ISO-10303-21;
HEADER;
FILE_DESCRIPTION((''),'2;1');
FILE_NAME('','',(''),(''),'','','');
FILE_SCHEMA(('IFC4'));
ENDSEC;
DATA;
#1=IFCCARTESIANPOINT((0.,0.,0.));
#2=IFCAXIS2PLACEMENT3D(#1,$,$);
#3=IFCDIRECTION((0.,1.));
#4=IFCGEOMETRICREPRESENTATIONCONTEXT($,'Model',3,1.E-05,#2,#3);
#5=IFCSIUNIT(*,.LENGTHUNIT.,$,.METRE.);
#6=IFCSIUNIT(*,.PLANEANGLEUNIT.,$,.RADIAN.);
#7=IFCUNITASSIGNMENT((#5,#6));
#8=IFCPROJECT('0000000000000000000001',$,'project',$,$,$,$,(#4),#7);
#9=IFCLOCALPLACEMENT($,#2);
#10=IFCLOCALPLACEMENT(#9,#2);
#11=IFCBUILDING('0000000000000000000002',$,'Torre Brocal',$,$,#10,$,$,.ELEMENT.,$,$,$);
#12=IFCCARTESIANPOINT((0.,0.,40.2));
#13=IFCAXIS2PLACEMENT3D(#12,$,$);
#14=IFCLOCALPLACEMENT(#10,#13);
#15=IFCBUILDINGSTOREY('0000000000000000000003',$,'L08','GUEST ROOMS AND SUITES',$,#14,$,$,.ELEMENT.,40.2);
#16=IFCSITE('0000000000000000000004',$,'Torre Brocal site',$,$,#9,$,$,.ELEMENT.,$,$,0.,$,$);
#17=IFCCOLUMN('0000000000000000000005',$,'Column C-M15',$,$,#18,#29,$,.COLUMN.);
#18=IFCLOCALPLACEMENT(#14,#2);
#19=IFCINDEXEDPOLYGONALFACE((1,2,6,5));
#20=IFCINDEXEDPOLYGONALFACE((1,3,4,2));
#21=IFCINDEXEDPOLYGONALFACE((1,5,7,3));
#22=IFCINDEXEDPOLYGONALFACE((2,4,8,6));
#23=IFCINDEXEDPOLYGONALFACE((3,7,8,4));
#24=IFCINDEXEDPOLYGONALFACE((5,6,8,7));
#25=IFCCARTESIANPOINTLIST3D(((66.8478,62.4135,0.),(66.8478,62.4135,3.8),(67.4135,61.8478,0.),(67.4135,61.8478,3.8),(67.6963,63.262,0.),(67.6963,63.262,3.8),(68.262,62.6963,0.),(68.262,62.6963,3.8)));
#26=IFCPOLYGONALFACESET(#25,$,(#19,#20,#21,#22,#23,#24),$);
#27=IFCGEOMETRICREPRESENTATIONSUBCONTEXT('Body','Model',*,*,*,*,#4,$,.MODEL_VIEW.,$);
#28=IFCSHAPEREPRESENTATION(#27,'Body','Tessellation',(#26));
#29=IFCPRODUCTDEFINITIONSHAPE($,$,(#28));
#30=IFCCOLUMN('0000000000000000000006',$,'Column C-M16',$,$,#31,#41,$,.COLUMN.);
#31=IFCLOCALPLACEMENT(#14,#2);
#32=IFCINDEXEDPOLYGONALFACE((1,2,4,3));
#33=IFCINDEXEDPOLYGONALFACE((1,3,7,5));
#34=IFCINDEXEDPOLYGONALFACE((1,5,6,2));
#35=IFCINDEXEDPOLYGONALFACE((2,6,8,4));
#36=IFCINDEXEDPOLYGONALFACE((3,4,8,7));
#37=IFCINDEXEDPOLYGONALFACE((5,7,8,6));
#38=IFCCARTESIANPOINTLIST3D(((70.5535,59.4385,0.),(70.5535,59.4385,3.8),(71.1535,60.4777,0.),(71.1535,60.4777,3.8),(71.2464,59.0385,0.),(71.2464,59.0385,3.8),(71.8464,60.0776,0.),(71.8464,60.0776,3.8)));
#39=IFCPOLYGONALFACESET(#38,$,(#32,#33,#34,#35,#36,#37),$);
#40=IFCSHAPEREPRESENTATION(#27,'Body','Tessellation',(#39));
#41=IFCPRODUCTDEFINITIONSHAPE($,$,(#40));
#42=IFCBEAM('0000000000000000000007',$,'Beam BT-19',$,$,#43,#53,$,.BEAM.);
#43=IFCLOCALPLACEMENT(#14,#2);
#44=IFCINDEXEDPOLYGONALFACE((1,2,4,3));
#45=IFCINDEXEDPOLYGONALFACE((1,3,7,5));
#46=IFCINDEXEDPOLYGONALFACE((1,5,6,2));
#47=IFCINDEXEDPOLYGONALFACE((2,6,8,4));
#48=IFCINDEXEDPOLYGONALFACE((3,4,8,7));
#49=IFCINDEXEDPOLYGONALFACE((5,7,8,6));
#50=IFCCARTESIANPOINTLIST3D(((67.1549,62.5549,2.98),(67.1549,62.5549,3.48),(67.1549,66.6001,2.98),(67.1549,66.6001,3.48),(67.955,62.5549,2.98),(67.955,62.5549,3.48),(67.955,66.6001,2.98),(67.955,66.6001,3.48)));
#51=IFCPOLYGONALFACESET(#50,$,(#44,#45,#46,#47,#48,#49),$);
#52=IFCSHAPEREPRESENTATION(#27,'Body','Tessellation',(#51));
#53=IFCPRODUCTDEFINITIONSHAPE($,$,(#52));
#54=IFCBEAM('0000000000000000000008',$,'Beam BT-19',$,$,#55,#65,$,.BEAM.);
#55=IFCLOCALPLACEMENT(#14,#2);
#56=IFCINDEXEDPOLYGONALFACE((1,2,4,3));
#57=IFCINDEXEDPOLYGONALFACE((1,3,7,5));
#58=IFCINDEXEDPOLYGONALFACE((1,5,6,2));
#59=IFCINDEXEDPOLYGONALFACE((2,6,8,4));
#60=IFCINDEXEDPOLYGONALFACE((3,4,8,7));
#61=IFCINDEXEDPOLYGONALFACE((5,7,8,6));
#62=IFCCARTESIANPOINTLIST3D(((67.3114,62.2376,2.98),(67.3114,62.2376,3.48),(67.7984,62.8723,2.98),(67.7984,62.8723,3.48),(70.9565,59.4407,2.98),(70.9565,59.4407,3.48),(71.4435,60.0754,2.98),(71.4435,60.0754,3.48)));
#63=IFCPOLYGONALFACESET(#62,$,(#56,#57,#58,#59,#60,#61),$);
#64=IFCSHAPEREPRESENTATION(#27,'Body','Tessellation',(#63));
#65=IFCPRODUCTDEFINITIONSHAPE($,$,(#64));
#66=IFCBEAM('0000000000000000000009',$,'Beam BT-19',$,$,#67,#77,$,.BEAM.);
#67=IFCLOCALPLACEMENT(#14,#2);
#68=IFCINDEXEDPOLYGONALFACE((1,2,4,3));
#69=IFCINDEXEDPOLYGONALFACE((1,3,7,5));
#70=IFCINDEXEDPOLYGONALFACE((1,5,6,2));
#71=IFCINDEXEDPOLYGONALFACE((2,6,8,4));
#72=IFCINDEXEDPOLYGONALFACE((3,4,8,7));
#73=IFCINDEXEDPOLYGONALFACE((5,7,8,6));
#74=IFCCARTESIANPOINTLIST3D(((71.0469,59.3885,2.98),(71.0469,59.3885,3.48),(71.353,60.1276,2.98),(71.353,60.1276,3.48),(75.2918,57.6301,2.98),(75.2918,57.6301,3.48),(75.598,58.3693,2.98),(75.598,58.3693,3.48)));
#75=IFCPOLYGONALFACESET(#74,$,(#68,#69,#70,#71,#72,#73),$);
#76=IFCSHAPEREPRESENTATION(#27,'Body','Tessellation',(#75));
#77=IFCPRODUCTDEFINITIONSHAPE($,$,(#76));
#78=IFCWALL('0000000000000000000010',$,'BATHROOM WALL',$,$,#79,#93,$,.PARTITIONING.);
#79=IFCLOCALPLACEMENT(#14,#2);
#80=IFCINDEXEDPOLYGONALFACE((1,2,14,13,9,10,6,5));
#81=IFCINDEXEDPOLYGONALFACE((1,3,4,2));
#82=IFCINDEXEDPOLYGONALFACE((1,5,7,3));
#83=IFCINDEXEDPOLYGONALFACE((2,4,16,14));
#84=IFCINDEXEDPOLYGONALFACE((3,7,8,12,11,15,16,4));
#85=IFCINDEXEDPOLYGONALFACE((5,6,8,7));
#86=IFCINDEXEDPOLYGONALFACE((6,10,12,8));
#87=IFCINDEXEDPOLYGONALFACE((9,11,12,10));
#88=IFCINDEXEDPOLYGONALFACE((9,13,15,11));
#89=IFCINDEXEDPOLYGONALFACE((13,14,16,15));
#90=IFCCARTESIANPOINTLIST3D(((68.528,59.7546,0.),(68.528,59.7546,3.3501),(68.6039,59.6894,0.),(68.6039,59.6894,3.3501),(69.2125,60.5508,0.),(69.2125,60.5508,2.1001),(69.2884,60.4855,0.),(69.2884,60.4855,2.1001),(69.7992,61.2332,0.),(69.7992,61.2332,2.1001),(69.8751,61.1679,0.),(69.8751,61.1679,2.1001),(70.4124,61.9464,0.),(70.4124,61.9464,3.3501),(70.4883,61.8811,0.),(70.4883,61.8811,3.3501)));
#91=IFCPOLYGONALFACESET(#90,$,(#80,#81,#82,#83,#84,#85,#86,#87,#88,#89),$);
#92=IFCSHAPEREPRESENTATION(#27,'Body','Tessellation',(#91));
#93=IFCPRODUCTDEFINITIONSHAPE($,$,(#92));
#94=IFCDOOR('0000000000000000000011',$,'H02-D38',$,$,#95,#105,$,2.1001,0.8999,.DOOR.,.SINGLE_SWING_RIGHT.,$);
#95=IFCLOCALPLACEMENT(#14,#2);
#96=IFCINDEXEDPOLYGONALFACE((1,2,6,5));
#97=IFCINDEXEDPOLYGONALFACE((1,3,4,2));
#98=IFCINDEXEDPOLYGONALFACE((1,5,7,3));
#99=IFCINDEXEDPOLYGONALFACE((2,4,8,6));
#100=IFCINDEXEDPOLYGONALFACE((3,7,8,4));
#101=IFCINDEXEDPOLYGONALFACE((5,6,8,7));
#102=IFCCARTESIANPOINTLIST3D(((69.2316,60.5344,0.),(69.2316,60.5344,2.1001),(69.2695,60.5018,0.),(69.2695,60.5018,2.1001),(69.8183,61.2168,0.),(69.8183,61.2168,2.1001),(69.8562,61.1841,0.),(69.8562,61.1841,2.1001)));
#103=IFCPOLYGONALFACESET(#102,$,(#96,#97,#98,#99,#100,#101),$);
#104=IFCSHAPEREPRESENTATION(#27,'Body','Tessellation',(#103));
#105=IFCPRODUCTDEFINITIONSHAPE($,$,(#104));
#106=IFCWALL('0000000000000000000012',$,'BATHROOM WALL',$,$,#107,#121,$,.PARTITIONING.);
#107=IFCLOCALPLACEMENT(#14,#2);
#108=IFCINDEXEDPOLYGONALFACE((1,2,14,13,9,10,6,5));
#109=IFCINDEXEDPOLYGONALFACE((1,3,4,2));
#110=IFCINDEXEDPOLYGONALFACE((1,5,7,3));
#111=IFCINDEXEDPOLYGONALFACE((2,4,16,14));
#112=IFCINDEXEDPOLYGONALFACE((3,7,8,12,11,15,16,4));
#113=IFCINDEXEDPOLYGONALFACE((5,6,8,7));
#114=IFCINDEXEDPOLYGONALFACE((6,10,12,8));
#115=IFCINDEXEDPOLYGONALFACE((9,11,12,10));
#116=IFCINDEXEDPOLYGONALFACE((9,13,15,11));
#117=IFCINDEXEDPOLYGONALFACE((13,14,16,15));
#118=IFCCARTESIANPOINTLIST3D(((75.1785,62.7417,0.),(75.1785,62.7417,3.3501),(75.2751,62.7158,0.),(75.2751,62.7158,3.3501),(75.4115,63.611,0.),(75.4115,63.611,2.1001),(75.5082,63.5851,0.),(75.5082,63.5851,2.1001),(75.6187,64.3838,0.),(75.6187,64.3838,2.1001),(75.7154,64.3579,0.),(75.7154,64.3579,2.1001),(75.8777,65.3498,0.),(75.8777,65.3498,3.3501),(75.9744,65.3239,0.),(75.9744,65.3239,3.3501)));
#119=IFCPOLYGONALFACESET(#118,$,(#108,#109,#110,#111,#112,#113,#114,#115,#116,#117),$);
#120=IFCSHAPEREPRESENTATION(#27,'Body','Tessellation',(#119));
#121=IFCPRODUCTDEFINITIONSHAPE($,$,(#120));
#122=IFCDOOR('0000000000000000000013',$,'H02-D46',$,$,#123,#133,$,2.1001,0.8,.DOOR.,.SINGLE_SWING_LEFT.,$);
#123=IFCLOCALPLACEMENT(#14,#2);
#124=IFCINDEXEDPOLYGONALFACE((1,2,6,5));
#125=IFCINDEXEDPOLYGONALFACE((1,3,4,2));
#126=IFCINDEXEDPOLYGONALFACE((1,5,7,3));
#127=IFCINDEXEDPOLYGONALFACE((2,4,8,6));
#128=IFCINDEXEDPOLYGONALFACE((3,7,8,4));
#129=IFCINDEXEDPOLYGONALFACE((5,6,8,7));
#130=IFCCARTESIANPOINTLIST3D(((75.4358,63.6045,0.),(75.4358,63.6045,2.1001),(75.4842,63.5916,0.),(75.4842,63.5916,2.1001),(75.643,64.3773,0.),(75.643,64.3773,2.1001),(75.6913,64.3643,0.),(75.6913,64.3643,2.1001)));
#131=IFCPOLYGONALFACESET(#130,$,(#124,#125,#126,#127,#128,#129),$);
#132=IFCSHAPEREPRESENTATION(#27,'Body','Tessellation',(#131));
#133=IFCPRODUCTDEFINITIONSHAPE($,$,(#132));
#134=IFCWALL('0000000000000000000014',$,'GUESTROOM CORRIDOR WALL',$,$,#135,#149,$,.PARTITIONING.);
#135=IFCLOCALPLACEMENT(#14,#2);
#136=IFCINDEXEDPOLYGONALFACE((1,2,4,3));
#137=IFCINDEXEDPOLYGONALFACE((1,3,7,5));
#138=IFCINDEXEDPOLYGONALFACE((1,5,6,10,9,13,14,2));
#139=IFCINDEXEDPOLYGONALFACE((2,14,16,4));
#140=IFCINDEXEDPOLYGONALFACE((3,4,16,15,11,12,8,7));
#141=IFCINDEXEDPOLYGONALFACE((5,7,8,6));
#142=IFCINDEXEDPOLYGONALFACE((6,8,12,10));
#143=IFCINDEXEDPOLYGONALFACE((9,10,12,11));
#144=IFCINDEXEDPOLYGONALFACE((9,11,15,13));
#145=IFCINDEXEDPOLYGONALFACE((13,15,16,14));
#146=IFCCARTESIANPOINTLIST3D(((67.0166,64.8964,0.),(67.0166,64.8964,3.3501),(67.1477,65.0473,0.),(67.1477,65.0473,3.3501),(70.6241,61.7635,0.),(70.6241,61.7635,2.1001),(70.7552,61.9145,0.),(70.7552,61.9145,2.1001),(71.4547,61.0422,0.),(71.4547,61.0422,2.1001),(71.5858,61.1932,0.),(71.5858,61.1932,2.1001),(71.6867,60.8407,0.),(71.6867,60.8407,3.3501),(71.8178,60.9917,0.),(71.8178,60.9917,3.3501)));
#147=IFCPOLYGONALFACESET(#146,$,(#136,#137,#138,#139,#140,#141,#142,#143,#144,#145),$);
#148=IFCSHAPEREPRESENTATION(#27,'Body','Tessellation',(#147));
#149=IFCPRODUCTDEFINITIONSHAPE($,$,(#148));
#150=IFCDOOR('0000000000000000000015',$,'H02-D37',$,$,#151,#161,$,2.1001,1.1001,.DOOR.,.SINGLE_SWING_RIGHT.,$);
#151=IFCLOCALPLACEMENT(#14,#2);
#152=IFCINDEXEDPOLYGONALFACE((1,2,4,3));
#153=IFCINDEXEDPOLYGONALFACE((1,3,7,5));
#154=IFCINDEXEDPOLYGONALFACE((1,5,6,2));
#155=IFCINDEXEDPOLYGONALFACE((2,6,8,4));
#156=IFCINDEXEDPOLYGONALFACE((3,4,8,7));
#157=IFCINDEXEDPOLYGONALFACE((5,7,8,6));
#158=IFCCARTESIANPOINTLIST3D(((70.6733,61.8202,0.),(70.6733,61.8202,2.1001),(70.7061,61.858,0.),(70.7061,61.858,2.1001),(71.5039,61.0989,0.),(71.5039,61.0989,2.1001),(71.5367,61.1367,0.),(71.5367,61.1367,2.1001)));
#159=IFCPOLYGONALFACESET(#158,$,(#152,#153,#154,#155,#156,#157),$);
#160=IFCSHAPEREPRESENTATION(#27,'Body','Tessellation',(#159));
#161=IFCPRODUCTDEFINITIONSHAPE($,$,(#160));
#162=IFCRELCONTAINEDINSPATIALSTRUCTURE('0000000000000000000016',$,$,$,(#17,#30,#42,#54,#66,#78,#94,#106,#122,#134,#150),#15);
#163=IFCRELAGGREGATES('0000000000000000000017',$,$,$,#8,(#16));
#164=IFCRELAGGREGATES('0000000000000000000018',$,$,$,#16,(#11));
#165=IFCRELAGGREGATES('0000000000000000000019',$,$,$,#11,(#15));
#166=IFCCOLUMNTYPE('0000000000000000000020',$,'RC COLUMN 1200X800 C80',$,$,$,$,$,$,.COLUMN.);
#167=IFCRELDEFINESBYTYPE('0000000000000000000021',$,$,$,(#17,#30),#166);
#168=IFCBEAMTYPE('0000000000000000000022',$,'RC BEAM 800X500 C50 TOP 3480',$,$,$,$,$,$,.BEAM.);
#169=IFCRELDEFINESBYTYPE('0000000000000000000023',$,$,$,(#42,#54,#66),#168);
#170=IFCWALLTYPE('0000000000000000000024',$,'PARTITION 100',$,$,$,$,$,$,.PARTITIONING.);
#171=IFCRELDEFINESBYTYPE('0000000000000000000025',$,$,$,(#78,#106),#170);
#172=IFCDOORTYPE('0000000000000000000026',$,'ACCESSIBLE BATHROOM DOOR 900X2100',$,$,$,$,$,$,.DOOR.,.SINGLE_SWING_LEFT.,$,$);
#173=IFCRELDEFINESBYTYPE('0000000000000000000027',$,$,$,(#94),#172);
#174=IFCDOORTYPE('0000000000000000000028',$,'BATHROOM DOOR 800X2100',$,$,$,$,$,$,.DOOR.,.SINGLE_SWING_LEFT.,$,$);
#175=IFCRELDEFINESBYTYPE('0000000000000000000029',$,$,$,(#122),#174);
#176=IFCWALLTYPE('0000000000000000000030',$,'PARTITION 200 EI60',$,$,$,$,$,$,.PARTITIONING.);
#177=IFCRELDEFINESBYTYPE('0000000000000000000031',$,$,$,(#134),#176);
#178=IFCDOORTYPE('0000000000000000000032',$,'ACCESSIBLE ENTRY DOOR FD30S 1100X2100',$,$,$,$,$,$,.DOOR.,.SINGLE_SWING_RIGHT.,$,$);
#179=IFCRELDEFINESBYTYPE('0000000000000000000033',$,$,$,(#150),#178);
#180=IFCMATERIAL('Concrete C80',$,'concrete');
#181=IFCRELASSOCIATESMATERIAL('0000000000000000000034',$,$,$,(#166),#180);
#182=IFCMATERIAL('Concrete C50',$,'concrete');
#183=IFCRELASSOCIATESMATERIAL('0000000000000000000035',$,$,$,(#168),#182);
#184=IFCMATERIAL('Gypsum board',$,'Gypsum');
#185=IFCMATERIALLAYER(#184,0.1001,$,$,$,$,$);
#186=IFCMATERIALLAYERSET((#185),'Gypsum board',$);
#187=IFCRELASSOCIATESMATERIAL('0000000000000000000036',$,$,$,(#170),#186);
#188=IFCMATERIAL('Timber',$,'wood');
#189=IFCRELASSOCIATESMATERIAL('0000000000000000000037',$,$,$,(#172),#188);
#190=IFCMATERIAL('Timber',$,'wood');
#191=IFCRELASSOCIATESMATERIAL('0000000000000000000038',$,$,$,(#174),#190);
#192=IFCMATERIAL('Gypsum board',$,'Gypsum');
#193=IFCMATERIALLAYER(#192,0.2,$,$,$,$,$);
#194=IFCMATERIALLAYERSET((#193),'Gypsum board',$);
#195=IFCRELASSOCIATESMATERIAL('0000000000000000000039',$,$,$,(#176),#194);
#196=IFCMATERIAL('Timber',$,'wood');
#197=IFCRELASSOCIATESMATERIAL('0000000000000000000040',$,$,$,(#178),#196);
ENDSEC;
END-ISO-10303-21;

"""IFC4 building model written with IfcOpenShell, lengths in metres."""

from ifc_helpers import new_model, si_unit, direction, frame, frame_2d, origin, origin_2d, place, context, subcontext, project, spatial, rectangle, extrude, material, layer, layer_set, material_profile, profile_set, type_object, element, fill, save


model = new_model("IFC4")

# Units and contexts
model_context = context("Model", 3, precision=1e-05, world=origin(), true_north=direction((0.0, 1.0)))
body_context = subcontext(model_context, "Body", "Model", "MODEL_VIEW")
ifc_project = project(units=[si_unit("LENGTHUNIT", "METRE"), si_unit("PLANEANGLEUNIT", "RADIAN")], contexts=[model_context])

# Site, building, storey
site_placement = place(None, origin())
site = spatial("IfcSite", under=ifc_project, at=site_placement, Name="Torre Brocal site", CompositionType="ELEMENT", RefElevation=0.0)
building_placement = place(site_placement, origin())
building = spatial("IfcBuilding", under=site, at=building_placement, Name="Torre Brocal", CompositionType="ELEMENT")
storey_placement = place(building_placement, frame((0.0, 0.0, 40.2)))
storey = spatial("IfcBuildingStorey", under=building, at=storey_placement, Name="L08", Description="GUEST ROOMS AND SUITES", CompositionType="ELEMENT", Elevation=40.2)

# Columns
ifc_material_1 = material(Name="Concrete C80", Category="concrete")
ifc_material_profile_1 = material_profile(ifc_material_1, rectangle(XDim=1.2, YDim=0.8, at=origin_2d()), Name="RC 1200X800")
ifc_profile_set_1 = profile_set([ifc_material_profile_1], Name="Concrete C80")
column_type = type_object("IfcColumnType", Name="RC COLUMN 1200X800 C80", PredefinedType="COLUMN", material=ifc_profile_set_1)
for number, where, z_axis, x_axis, name in (
    (1, (67.5549, 62.5549, 0.0), (0.0, 0.0, 1.0), (-0.707107, -0.707107, 0.0), "Column C-M15"),
    (2, (71.2, 59.7581, 0.0), (0.0, 0.0, 1.0), (-0.5, -0.866025, 0.0), "Column C-M16"),
):
    element("IfcColumn", number, at=place(storey_placement, frame(where, z_axis=z_axis, x_axis=x_axis)), inside=storey, type_object=column_type, Name=name, PredefinedType="COLUMN", context=body_context, shape_type="SweptSolid", body=[
        extrude(rectangle(XDim=1.2, YDim=0.8, at=origin_2d()), origin(), (0.0, 0.0, 1.0), 3.8),
    ])

# Beams
ifc_material_2 = material(Name="Concrete C50", Category="concrete")
ifc_material_profile_2 = material_profile(ifc_material_2, rectangle(XDim=0.8, YDim=0.5, at=origin_2d()), Name="RC 800X500")
ifc_profile_set_2 = profile_set([ifc_material_profile_2], Name="Concrete C50")
beam_type = type_object("IfcBeamType", Name="RC BEAM 800X500 C50 TOP 3480", PredefinedType="BEAM", material=ifc_profile_set_2)
beam_1_placement = place(storey_placement, frame((67.5549, 62.5549, 3.23), z_axis=(0.0, 1.0, 0.0), x_axis=(-1.0, 0.0, 0.0)))
element("IfcBeam", 3, at=beam_1_placement, inside=storey, type_object=beam_type, Name="Beam BT-19", PredefinedType="BEAM", context=body_context, shape_type="SweptSolid", body=[
    extrude(rectangle(XDim=0.8, YDim=0.5, at=origin_2d()), origin(), (0.0, 0.0, 1.0), 4.0452),
])
beam_2_placement = place(storey_placement, frame((67.5549, 62.5549, 3.23), z_axis=(0.793358, -0.608755, 0.0), x_axis=(0.608755, 0.793358, 0.0)))
element("IfcBeam", 4, at=beam_2_placement, inside=storey, type_object=beam_type, Name="Beam BT-19", PredefinedType="BEAM", context=body_context, shape_type="SweptSolid", body=[
    extrude(rectangle(XDim=0.8, YDim=0.5, at=origin_2d()), origin(), (0.0, 0.0, 1.0), 4.5945),
])
beam_3_placement = place(storey_placement, frame((71.2, 59.7581, 3.23), z_axis=(0.923878, -0.382687, 0.0), x_axis=(0.382687, 0.923878, 0.0)))
element("IfcBeam", 5, at=beam_3_placement, inside=storey, type_object=beam_type, Name="Beam BT-19", PredefinedType="BEAM", context=body_context, shape_type="SweptSolid", body=[
    extrude(rectangle(XDim=0.8, YDim=0.5, at=origin_2d()), origin(), (0.0, 0.0, 1.0), 4.5947),
])

# Walls, openings, doors
ifc_material_3 = material(Name="Gypsum board", Category="Gypsum")
ifc_layer_1 = layer(ifc_material_3, 0.1001)
ifc_layer_set_1 = layer_set([ifc_layer_1], Name="Gypsum board")
wall_type_1 = type_object("IfcWallType", Name="PARTITION 100", PredefinedType="PARTITIONING", material=ifc_layer_set_1)
wall_1_placement = place(storey_placement, frame((68.5659, 59.7219, 0.0), z_axis=(0.0, 0.0, 1.0), x_axis=(0.651931, 0.758278, 0.0)))
wall_1 = element("IfcWall", 6, at=wall_1_placement, inside=storey, type_object=wall_type_1, Name="BATHROOM WALL", PredefinedType="PARTITIONING", context=body_context, shape_type="SweptSolid", body=[
    extrude(rectangle(XDim=2.8904, YDim=0.1001, at=frame_2d((1.4453, 0.0))), origin(), (0.0, 0.0, 1.0), 3.3501),
])
opening_1_placement = place(wall_1_placement, frame((1.05, 0.0, 0.0)))
opening_1 = element("IfcOpeningElement", 7, at=opening_1_placement, cuts=wall_1, PredefinedType="OPENING", context=body_context, shape_type="SweptSolid", body=[
    extrude(rectangle(XDim=0.8999, YDim=2.1001, at=frame_2d((0.45, 1.05))), frame((0.0, 0.0601, 0.0), z_axis=(0.0, -1.0, 0.0), x_axis=(1.0, 0.0, 0.0)), (0.0, 0.0, 1.0), 0.1201),
])
ifc_material_4 = material(Name="Timber", Category="wood")
door_type_1 = type_object("IfcDoorType", Name="ACCESSIBLE BATHROOM DOOR 900X2100", OperationType="SINGLE_SWING_LEFT", PredefinedType="DOOR", material=ifc_material_4)
door_1_placement = place(opening_1_placement, origin())
door_1 = element("IfcDoor", 8, at=door_1_placement, inside=storey, type_object=door_type_1, Name="H02-D38", OperationType="SINGLE_SWING_RIGHT", OverallHeight=2.1001, OverallWidth=0.8999, PredefinedType="DOOR", context=body_context, shape_type="SweptSolid", body=[
    extrude(rectangle(XDim=0.8999, YDim=2.1001, at=frame_2d((0.45, 1.05))), frame((0.0, 0.0249, 0.0), z_axis=(0.0, -1.0, 0.0), x_axis=(1.0, 0.0, 0.0)), (0.0, 0.0, 1.0), 0.05),
])
fill(opening_1, door_1)
wall_2_placement = place(storey_placement, frame((75.2268, 62.7288, 0.0), z_axis=(0.0, 0.0, 1.0), x_axis=(0.258945, 0.965892, 0.0)))
wall_2 = element("IfcWall", 9, at=wall_2_placement, inside=storey, type_object=wall_type_1, Name="BATHROOM WALL", PredefinedType="PARTITIONING", context=body_context, shape_type="SweptSolid", body=[
    extrude(rectangle(XDim=2.7002, YDim=0.1001, at=frame_2d((1.3501, 0.0))), origin(), (0.0, 0.0, 1.0), 3.3501),
])
opening_2_placement = place(wall_2_placement, frame((0.9001, 0.0, 0.0)))
opening_2 = element("IfcOpeningElement", 10, at=opening_2_placement, cuts=wall_2, PredefinedType="OPENING", context=body_context, shape_type="SweptSolid", body=[
    extrude(rectangle(XDim=0.8, YDim=2.1001, at=frame_2d((0.3999, 1.05))), frame((0.0, 0.0601, 0.0), z_axis=(0.0, -1.0, 0.0), x_axis=(1.0, 0.0, 0.0)), (0.0, 0.0, 1.0), 0.1201),
])
ifc_material_5 = material(Name="Timber", Category="wood")
door_type_2 = type_object("IfcDoorType", Name="BATHROOM DOOR 800X2100", OperationType="SINGLE_SWING_LEFT", PredefinedType="DOOR", material=ifc_material_5)
door_2_placement = place(opening_2_placement, origin())
door_2 = element("IfcDoor", 11, at=door_2_placement, inside=storey, type_object=door_type_2, Name="H02-D46", OperationType="SINGLE_SWING_LEFT", OverallHeight=2.1001, OverallWidth=0.8, PredefinedType="DOOR", context=body_context, shape_type="SweptSolid", body=[
    extrude(rectangle(XDim=0.8, YDim=2.1001, at=frame_2d((0.3999, 1.05))), frame((0.0, 0.0249, 0.0), z_axis=(0.0, -1.0, 0.0), x_axis=(1.0, 0.0, 0.0)), (0.0, 0.0, 1.0), 0.05),
])
fill(opening_2, door_2)
ifc_material_6 = material(Name="Gypsum board", Category="Gypsum")
ifc_layer_2 = layer(ifc_material_6, 0.2)
ifc_layer_set_2 = layer_set([ifc_layer_2], Name="Gypsum board")
wall_type_2 = type_object("IfcWallType", Name="PARTITION 200 EI60", PredefinedType="PARTITIONING", material=ifc_layer_set_2)
wall_3_placement = place(storey_placement, frame((67.082, 64.9719, 0.0), z_axis=(0.0, 0.0, 1.0), x_axis=(0.755034, -0.655686, 0.0)))
wall_3 = element("IfcWall", 12, at=wall_3_placement, inside=storey, type_object=wall_type_2, Name="GUESTROOM CORRIDOR WALL", PredefinedType="PARTITIONING", context=body_context, shape_type="SweptSolid", body=[
    extrude(rectangle(XDim=6.1853, YDim=0.2, at=frame_2d((3.0928, 0.0))), origin(), (0.0, 0.0, 1.0), 3.3501),
])
opening_3_placement = place(wall_3_placement, frame((4.7781, 0.0, 0.0)))
opening_3 = element("IfcOpeningElement", 13, at=opening_3_placement, cuts=wall_3, PredefinedType="OPENING", context=body_context, shape_type="SweptSolid", body=[
    extrude(rectangle(XDim=1.1001, YDim=2.1001, at=frame_2d((0.55, 1.05))), frame((0.0, 0.1099, 0.0), z_axis=(0.0, -1.0, 0.0), x_axis=(1.0, 0.0, 0.0)), (0.0, 0.0, 1.0), 0.22),
])
ifc_material_7 = material(Name="Timber", Category="wood")
door_type_3 = type_object("IfcDoorType", Name="ACCESSIBLE ENTRY DOOR FD30S 1100X2100", OperationType="SINGLE_SWING_RIGHT", PredefinedType="DOOR", material=ifc_material_7)
door_3_placement = place(opening_3_placement, frame((1.1001, 0.0, 0.0), z_axis=(0.0, 0.0, 1.0), x_axis=(-1.0, 0.0, 0.0)))
door_3 = element("IfcDoor", 14, at=door_3_placement, inside=storey, type_object=door_type_3, Name="H02-D37", OperationType="SINGLE_SWING_RIGHT", OverallHeight=2.1001, OverallWidth=1.1001, PredefinedType="DOOR", context=body_context, shape_type="SweptSolid", body=[
    extrude(rectangle(XDim=1.1001, YDim=2.1001, at=frame_2d((0.55, 1.05))), frame((0.0, 0.0249, 0.0), z_axis=(0.0, -1.0, 0.0), x_axis=(1.0, 0.0, 0.0)), (0.0, 0.0, 1.0), 0.05),
])
fill(opening_3, door_3)

save(model, "model.ifc")
